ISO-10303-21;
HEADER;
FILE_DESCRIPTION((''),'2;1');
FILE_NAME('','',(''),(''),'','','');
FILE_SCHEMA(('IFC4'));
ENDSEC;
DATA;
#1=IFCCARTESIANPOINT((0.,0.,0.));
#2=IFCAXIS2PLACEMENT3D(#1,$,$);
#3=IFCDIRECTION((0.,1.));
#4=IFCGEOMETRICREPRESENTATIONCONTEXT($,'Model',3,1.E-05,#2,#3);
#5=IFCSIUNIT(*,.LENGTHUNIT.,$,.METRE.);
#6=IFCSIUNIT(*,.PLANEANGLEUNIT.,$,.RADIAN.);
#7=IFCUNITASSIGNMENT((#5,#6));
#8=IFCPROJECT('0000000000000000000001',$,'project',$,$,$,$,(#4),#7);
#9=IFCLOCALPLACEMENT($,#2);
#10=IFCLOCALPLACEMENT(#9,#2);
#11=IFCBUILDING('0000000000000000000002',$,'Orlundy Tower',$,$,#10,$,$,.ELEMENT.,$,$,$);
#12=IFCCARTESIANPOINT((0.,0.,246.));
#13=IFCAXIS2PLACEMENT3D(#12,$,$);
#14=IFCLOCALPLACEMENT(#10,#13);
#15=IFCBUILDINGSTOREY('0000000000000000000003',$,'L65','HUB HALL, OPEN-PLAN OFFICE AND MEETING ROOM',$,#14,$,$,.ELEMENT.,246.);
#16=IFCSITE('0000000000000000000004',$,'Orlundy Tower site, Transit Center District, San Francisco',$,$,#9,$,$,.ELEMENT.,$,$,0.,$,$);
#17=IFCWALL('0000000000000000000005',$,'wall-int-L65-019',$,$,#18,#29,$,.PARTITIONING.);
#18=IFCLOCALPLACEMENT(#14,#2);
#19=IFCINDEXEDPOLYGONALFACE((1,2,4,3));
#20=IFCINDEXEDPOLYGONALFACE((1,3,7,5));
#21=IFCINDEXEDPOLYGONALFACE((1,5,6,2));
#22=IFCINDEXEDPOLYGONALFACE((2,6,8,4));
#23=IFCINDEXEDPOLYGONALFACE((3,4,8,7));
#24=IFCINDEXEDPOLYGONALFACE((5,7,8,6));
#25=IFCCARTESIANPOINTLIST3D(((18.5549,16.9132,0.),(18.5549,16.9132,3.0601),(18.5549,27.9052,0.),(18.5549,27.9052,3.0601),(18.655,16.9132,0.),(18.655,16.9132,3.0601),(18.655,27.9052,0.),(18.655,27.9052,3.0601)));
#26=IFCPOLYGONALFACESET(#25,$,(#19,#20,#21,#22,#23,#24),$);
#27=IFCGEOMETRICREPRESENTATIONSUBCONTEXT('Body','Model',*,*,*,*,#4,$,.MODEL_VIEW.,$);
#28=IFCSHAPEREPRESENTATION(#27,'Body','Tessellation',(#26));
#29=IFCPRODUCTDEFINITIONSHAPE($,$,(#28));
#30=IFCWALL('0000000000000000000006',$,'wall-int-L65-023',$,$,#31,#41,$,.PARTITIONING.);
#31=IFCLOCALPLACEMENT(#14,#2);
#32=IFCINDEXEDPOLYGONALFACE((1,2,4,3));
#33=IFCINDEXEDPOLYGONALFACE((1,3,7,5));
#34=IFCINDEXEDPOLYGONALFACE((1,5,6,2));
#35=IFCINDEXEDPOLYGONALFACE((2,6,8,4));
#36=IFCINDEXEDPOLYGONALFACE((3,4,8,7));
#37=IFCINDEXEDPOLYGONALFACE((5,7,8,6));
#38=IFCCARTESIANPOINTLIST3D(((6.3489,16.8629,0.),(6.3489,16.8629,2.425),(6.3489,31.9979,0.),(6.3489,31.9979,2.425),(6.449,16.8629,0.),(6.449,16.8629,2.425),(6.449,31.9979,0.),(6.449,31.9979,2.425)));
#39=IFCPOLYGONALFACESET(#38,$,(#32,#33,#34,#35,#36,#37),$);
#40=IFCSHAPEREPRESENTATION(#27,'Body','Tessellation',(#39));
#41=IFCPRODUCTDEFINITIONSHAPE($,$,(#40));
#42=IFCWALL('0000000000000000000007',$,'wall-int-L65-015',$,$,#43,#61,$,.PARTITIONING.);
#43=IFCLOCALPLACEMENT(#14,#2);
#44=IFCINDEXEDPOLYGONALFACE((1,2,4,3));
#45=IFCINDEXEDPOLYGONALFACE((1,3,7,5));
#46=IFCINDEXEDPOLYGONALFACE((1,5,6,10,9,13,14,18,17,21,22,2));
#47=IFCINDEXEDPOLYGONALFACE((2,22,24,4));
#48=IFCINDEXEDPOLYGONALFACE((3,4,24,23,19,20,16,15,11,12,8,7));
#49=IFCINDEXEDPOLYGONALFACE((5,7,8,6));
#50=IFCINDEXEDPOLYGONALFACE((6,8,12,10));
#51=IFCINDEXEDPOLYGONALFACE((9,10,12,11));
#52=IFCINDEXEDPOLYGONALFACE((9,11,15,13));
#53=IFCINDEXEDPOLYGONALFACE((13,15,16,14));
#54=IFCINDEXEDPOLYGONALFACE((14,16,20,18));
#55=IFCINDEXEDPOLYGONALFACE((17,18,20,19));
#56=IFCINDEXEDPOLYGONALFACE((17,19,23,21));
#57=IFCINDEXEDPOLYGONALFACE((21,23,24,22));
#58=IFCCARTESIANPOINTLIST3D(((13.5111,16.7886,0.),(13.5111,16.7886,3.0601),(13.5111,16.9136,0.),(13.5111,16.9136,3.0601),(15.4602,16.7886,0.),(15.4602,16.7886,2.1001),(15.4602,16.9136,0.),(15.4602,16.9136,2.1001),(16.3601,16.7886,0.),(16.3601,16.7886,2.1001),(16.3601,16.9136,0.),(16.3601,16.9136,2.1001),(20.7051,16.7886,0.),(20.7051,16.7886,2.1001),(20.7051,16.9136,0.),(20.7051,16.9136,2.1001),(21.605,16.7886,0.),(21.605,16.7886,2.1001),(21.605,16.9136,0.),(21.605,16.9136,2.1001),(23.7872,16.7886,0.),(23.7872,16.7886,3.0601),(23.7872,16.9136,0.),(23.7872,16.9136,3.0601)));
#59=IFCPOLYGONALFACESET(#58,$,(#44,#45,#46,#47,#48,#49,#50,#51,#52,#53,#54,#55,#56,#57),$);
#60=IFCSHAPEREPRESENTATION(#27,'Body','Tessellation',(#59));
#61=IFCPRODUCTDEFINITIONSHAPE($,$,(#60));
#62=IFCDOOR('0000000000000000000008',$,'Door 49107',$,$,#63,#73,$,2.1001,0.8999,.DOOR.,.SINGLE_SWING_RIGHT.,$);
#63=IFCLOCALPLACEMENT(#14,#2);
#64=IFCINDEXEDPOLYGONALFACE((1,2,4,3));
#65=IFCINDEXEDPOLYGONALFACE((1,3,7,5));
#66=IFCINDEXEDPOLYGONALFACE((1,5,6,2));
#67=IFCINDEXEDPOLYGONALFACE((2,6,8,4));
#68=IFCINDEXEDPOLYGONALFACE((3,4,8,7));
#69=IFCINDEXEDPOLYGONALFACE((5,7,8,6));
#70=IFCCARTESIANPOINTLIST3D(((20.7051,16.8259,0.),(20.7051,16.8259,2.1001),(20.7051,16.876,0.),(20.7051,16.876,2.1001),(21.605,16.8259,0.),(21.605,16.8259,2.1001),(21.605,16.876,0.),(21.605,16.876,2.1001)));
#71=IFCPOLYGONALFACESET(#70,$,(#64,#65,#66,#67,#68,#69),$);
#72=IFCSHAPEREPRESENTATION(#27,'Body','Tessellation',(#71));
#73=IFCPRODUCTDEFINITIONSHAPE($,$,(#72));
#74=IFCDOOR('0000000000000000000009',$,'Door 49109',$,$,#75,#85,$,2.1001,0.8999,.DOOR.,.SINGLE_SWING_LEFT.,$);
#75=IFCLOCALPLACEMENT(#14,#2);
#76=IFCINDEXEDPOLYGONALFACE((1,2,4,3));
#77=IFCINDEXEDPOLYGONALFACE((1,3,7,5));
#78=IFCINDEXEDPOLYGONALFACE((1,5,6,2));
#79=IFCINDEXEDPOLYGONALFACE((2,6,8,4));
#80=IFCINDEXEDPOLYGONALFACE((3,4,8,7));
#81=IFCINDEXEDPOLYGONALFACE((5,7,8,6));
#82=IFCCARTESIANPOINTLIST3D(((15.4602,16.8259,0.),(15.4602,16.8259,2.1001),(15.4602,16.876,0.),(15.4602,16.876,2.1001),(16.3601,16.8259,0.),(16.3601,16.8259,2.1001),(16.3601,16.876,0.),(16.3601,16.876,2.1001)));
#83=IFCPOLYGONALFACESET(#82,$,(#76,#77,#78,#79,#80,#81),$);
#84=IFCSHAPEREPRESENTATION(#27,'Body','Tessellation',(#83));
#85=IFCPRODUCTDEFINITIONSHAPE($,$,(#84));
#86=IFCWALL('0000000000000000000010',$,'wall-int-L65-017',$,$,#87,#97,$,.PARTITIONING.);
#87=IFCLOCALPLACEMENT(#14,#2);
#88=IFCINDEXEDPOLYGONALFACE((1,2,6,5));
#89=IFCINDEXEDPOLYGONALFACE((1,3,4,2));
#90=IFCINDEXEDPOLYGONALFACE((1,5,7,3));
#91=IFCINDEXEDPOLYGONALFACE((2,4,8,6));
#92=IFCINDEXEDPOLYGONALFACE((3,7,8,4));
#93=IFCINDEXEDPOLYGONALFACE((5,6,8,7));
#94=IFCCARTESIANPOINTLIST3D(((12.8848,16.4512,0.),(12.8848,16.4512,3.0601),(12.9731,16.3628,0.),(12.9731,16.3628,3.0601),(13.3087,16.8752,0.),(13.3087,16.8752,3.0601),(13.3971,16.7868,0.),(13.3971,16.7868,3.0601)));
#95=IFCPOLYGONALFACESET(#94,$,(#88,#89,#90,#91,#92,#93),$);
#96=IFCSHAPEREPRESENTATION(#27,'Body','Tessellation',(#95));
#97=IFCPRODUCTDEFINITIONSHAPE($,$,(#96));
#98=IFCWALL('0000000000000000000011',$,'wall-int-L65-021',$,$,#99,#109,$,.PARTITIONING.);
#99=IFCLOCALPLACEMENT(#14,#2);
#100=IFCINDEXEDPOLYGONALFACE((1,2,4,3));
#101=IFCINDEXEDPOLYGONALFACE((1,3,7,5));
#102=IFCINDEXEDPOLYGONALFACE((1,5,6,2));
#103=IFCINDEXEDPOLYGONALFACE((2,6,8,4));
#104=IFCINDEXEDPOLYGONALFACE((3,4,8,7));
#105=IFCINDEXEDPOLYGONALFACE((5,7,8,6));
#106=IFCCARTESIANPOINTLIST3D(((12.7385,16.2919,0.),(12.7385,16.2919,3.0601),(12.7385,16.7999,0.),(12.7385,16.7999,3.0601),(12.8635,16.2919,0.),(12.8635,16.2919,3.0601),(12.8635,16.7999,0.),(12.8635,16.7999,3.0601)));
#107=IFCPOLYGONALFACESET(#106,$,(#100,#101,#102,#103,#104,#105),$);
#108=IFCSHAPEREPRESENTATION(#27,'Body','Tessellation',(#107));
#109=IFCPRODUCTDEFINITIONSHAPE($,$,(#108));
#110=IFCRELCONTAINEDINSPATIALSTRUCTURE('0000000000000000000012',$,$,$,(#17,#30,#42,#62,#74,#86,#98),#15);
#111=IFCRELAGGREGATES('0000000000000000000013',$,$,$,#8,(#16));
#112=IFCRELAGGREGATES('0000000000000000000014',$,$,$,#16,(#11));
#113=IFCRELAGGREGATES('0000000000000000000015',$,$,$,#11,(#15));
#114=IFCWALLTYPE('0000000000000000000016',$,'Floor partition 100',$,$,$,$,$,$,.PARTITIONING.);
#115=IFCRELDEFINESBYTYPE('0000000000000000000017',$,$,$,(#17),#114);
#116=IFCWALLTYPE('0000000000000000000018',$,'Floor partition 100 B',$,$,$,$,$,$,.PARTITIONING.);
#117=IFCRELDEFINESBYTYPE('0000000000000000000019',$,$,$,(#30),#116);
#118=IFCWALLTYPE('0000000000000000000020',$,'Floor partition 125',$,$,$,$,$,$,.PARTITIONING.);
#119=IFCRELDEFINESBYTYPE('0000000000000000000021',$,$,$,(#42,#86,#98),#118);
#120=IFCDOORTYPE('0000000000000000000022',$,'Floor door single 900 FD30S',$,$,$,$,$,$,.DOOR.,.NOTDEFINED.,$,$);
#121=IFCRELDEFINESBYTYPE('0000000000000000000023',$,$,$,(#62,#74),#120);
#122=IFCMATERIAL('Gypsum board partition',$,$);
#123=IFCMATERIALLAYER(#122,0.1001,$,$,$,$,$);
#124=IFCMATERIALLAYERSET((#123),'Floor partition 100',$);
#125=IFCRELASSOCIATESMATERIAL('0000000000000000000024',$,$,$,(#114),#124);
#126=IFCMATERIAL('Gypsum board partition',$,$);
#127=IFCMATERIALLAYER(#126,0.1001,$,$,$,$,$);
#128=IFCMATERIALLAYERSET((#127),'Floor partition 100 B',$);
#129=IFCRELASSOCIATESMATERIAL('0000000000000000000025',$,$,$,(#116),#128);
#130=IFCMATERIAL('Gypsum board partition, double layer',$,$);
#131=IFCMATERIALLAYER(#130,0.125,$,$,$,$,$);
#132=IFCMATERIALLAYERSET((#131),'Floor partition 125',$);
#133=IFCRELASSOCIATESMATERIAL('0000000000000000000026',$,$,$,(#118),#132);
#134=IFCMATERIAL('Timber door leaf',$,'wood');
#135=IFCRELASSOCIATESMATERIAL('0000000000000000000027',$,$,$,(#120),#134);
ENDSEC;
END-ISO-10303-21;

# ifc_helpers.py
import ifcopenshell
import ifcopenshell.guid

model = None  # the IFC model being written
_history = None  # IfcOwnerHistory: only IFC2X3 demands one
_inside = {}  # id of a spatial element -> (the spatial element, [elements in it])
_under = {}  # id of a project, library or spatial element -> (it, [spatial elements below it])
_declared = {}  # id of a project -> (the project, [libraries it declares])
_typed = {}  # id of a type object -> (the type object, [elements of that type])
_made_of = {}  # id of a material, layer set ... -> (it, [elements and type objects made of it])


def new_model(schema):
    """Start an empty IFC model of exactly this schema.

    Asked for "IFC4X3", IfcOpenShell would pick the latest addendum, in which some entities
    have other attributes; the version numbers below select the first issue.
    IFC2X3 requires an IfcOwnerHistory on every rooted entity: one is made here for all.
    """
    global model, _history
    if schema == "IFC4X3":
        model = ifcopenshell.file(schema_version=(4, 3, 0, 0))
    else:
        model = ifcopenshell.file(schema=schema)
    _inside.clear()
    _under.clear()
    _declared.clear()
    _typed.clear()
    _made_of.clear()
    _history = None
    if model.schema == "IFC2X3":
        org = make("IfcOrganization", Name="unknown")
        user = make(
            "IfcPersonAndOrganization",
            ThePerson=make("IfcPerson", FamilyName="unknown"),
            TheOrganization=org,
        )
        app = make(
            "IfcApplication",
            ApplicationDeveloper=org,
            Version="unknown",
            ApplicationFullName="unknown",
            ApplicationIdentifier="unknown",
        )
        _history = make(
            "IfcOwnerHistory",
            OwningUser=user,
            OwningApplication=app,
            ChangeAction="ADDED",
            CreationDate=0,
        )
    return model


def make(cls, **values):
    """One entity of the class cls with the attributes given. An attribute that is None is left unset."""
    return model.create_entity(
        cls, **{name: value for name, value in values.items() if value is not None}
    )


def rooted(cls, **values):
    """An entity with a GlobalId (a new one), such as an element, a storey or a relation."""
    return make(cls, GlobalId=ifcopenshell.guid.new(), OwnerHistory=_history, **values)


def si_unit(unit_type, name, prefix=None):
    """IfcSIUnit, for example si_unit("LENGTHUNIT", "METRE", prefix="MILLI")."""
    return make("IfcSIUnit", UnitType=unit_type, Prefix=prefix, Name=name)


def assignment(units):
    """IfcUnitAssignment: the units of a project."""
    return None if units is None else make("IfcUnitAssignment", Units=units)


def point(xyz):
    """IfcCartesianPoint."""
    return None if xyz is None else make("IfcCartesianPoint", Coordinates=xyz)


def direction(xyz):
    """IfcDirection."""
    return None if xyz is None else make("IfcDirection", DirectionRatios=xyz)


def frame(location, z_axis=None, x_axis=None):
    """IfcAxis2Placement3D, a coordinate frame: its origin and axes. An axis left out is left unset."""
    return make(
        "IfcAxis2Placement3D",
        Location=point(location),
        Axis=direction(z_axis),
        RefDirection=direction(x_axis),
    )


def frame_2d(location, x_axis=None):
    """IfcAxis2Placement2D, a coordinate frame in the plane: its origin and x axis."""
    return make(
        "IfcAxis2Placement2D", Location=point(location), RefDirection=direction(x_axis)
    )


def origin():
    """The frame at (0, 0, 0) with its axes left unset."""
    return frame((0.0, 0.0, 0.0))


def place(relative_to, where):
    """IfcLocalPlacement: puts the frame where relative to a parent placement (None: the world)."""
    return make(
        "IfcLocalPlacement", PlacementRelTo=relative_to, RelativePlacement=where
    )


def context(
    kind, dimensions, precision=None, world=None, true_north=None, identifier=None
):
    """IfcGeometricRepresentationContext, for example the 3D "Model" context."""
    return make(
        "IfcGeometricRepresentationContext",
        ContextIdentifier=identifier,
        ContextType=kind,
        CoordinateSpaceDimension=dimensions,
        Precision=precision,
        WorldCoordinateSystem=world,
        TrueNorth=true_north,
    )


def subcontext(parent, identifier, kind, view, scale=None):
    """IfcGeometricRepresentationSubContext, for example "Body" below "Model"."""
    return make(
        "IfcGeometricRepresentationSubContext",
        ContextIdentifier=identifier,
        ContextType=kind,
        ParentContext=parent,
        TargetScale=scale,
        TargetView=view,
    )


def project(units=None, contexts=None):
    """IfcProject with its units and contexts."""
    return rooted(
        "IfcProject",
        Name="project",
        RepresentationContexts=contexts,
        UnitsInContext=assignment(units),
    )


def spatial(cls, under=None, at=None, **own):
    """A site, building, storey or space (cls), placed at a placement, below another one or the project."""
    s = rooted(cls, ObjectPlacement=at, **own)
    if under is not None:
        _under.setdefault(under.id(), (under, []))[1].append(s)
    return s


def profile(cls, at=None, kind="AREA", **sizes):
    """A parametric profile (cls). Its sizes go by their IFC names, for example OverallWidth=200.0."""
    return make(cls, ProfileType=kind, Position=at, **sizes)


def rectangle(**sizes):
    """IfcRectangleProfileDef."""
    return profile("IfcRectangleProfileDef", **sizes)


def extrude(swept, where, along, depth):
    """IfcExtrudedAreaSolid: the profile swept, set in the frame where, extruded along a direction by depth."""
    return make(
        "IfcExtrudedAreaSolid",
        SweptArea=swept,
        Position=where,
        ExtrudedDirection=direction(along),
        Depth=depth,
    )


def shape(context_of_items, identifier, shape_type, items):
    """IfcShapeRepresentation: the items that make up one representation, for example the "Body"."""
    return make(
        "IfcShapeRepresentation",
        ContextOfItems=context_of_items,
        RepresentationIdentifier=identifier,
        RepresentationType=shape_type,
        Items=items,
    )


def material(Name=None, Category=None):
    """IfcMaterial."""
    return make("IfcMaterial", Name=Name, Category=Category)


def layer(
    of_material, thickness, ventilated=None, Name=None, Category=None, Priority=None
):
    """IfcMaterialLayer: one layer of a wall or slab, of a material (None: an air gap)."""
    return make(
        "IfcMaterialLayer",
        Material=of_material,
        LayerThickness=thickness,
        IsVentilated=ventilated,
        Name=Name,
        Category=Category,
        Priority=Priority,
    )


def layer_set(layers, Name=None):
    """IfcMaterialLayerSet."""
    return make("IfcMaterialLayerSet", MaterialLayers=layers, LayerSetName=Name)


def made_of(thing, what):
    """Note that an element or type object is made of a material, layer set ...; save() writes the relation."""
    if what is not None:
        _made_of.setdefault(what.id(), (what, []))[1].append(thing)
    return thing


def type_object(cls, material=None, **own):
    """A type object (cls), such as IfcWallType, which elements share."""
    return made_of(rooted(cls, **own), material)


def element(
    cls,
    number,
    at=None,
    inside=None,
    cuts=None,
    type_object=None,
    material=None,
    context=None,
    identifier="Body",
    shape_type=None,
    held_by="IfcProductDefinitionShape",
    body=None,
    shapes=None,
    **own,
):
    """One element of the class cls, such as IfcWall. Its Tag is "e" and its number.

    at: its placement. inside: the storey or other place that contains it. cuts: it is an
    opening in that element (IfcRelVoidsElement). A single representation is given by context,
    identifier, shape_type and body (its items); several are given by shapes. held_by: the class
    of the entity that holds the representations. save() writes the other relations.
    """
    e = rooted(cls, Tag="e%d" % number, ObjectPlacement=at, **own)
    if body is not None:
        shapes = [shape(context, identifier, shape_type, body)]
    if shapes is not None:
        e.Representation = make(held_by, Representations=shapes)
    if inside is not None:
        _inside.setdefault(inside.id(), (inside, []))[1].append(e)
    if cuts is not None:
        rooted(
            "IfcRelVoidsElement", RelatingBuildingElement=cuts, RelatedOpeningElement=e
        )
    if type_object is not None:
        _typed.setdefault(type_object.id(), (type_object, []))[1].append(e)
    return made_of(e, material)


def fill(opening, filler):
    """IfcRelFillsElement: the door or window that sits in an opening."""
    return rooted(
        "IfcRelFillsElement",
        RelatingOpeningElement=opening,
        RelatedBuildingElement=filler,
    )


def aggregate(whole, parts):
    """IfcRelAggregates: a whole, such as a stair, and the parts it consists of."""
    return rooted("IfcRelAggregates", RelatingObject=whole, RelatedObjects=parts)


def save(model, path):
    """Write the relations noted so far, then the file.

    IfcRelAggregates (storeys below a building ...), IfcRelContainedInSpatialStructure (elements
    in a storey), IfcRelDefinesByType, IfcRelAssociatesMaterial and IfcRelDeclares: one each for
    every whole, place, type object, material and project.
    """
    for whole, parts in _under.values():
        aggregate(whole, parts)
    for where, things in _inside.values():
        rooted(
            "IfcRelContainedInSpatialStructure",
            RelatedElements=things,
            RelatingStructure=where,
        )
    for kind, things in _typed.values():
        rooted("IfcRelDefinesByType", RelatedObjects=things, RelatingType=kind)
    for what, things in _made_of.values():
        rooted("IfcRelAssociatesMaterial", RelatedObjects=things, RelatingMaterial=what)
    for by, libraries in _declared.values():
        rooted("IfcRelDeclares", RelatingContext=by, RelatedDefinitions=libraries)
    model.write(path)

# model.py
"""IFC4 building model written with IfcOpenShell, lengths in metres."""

from ifc_helpers import new_model, si_unit, direction, frame, frame_2d, origin, place, context, subcontext, project, spatial, rectangle, extrude, material, layer, layer_set, type_object, element, fill, save


model = new_model("IFC4")

# Units and contexts
model_context = context("Model", 3, precision=1e-05, world=origin(), true_north=direction((0.0, 1.0)))
body_context = subcontext(model_context, "Body", "Model", "MODEL_VIEW")
ifc_project = project(units=[si_unit("LENGTHUNIT", "METRE"), si_unit("PLANEANGLEUNIT", "RADIAN")], contexts=[model_context])

# Site, building, storey
site_placement = place(None, origin())
site = spatial("IfcSite", under=ifc_project, at=site_placement, Name="Orlundy Tower site, Transit Center District, San Francisco", CompositionType="ELEMENT", RefElevation=0.0)
building_placement = place(site_placement, origin())
building = spatial("IfcBuilding", under=site, at=building_placement, Name="Orlundy Tower", CompositionType="ELEMENT")
storey_placement = place(building_placement, frame((0.0, 0.0, 246.0)))
storey = spatial("IfcBuildingStorey", under=building, at=storey_placement, Name="L65", Description="HUB HALL, OPEN-PLAN OFFICE AND MEETING ROOM", CompositionType="ELEMENT", Elevation=246.0)

# Walls
ifc_material_1 = material(Name="Gypsum board partition")
ifc_layer_1 = layer(ifc_material_1, 0.1001)
ifc_layer_set_1 = layer_set([ifc_layer_1], Name="Floor partition 100")
wall_type_1 = type_object("IfcWallType", Name="Floor partition 100", PredefinedType="PARTITIONING", material=ifc_layer_set_1)
wall_1_placement = place(storey_placement, frame((18.605, 16.9131, 0.0), z_axis=(0.0, 0.0, 1.0), x_axis=(0.0, 1.0, 0.0)))
element("IfcWall", 1, at=wall_1_placement, inside=storey, type_object=wall_type_1, Name="wall-int-L65-019", PredefinedType="PARTITIONING", context=body_context, shape_type="SweptSolid", body=[
    extrude(rectangle(XDim=10.9919, YDim=0.1001, at=frame_2d((5.4961, 0.0))), origin(), (0.0, 0.0, 1.0), 3.0601),
])
ifc_material_2 = material(Name="Gypsum board partition")
ifc_layer_2 = layer(ifc_material_2, 0.1001)
ifc_layer_set_2 = layer_set([ifc_layer_2], Name="Floor partition 100 B")
wall_type_2 = type_object("IfcWallType", Name="Floor partition 100 B", PredefinedType="PARTITIONING", material=ifc_layer_set_2)
wall_2_placement = place(storey_placement, frame((6.3989, 16.863, 0.0), z_axis=(0.0, 0.0, 1.0), x_axis=(0.0, 1.0, 0.0)))
element("IfcWall", 2, at=wall_2_placement, inside=storey, type_object=wall_type_2, Name="wall-int-L65-023", PredefinedType="PARTITIONING", context=body_context, shape_type="SweptSolid", body=[
    extrude(rectangle(XDim=15.135, YDim=0.1001, at=frame_2d((7.5674, 0.0))), origin(), (0.0, 0.0, 1.0), 2.425),
])

# Wall, openings, doors
ifc_material_3 = material(Name="Gypsum board partition, double layer")
ifc_layer_3 = layer(ifc_material_3, 0.125)
ifc_layer_set_3 = layer_set([ifc_layer_3], Name="Floor partition 125")
wall_type_3 = type_object("IfcWallType", Name="Floor partition 125", PredefinedType="PARTITIONING", material=ifc_layer_set_3)
wall_3_placement = place(storey_placement, frame((13.511, 16.8511, 0.0), z_axis=(0.0, 0.0, 1.0), x_axis=(1.0, 0.0, 0.0)))
wall_3 = element("IfcWall", 3, at=wall_3_placement, inside=storey, type_object=wall_type_3, Name="wall-int-L65-015", PredefinedType="PARTITIONING", context=body_context, shape_type="SweptSolid", body=[
    extrude(rectangle(XDim=10.2761, YDim=0.125, at=frame_2d((5.1382, 0.0))), origin(), (0.0, 0.0, 1.0), 3.0601),
])
opening_1_placement = place(wall_3_placement, frame((7.1941, 0.0, 0.0)))
opening_1 = element("IfcOpeningElement", 4, at=opening_1_placement, cuts=wall_3, PredefinedType="OPENING", context=body_context, shape_type="SweptSolid", body=[
    extrude(rectangle(XDim=0.8999, YDim=2.1001, at=frame_2d((0.45, 1.05))), frame((0.0, 0.0725, 0.0), z_axis=(0.0, -1.0, 0.0), x_axis=(1.0, 0.0, 0.0)), (0.0, 0.0, 1.0), 0.145),
])
opening_2_placement = place(wall_3_placement, frame((1.9492, 0.0, 0.0)))
opening_2 = element("IfcOpeningElement", 5, at=opening_2_placement, cuts=wall_3, PredefinedType="OPENING", context=body_context, shape_type="SweptSolid", body=[
    extrude(rectangle(XDim=0.8999, YDim=2.1001, at=frame_2d((0.45, 1.05))), frame((0.0, 0.0725, 0.0), z_axis=(0.0, -1.0, 0.0), x_axis=(1.0, 0.0, 0.0)), (0.0, 0.0, 1.0), 0.145),
])
ifc_material_4 = material(Name="Timber door leaf", Category="wood")
door_type = type_object("IfcDoorType", Name="Floor door single 900 FD30S", OperationType="NOTDEFINED", PredefinedType="DOOR", material=ifc_material_4)
door_1_placement = place(opening_1_placement, origin())
door_1 = element("IfcDoor", 6, at=door_1_placement, inside=storey, type_object=door_type, Name="Door 49107", OperationType="SINGLE_SWING_RIGHT", OverallHeight=2.1001, OverallWidth=0.8999, PredefinedType="DOOR", context=body_context, shape_type="SweptSolid", body=[
    extrude(rectangle(XDim=0.8999, YDim=2.1001, at=frame_2d((0.45, 1.05))), frame((0.0, 0.0249, 0.0), z_axis=(0.0, -1.0, 0.0), x_axis=(1.0, 0.0, 0.0)), (0.0, 0.0, 1.0), 0.05),
])
fill(opening_1, door_1)
door_2_placement = place(opening_2_placement, origin())
door_2 = element("IfcDoor", 7, at=door_2_placement, inside=storey, type_object=door_type, Name="Door 49109", OperationType="SINGLE_SWING_LEFT", OverallHeight=2.1001, OverallWidth=0.8999, PredefinedType="DOOR", context=body_context, shape_type="SweptSolid", body=[
    extrude(rectangle(XDim=0.8999, YDim=2.1001, at=frame_2d((0.45, 1.05))), frame((0.0, 0.0249, 0.0), z_axis=(0.0, -1.0, 0.0), x_axis=(1.0, 0.0, 0.0)), (0.0, 0.0, 1.0), 0.05),
])
fill(opening_2, door_2)

# Walls
wall_4_placement = place(storey_placement, frame((12.929, 16.407, 0.0), z_axis=(0.0, 0.0, 1.0), x_axis=(0.707107, 0.707107, 0.0)))
element("IfcWall", 8, at=wall_4_placement, inside=storey, type_object=wall_type_3, Name="wall-int-L65-017", PredefinedType="PARTITIONING", context=body_context, shape_type="SweptSolid", body=[
    extrude(rectangle(XDim=0.5996, YDim=0.125, at=frame_2d((0.2998, 0.0))), origin(), (0.0, 0.0, 1.0), 3.0601),
])
wall_5_placement = place(storey_placement, frame((12.801, 16.292, 0.0), z_axis=(0.0, 0.0, 1.0), x_axis=(0.0, 1.0, 0.0)))
element("IfcWall", 9, at=wall_5_placement, inside=storey, type_object=wall_type_3, Name="wall-int-L65-021", PredefinedType="PARTITIONING", context=body_context, shape_type="SweptSolid", body=[
    extrude(rectangle(XDim=0.5081, YDim=0.125, at=frame_2d((0.2539, 0.0))), origin(), (0.0, 0.0, 1.0), 3.0601),
])

save(model, "model.ifc")
